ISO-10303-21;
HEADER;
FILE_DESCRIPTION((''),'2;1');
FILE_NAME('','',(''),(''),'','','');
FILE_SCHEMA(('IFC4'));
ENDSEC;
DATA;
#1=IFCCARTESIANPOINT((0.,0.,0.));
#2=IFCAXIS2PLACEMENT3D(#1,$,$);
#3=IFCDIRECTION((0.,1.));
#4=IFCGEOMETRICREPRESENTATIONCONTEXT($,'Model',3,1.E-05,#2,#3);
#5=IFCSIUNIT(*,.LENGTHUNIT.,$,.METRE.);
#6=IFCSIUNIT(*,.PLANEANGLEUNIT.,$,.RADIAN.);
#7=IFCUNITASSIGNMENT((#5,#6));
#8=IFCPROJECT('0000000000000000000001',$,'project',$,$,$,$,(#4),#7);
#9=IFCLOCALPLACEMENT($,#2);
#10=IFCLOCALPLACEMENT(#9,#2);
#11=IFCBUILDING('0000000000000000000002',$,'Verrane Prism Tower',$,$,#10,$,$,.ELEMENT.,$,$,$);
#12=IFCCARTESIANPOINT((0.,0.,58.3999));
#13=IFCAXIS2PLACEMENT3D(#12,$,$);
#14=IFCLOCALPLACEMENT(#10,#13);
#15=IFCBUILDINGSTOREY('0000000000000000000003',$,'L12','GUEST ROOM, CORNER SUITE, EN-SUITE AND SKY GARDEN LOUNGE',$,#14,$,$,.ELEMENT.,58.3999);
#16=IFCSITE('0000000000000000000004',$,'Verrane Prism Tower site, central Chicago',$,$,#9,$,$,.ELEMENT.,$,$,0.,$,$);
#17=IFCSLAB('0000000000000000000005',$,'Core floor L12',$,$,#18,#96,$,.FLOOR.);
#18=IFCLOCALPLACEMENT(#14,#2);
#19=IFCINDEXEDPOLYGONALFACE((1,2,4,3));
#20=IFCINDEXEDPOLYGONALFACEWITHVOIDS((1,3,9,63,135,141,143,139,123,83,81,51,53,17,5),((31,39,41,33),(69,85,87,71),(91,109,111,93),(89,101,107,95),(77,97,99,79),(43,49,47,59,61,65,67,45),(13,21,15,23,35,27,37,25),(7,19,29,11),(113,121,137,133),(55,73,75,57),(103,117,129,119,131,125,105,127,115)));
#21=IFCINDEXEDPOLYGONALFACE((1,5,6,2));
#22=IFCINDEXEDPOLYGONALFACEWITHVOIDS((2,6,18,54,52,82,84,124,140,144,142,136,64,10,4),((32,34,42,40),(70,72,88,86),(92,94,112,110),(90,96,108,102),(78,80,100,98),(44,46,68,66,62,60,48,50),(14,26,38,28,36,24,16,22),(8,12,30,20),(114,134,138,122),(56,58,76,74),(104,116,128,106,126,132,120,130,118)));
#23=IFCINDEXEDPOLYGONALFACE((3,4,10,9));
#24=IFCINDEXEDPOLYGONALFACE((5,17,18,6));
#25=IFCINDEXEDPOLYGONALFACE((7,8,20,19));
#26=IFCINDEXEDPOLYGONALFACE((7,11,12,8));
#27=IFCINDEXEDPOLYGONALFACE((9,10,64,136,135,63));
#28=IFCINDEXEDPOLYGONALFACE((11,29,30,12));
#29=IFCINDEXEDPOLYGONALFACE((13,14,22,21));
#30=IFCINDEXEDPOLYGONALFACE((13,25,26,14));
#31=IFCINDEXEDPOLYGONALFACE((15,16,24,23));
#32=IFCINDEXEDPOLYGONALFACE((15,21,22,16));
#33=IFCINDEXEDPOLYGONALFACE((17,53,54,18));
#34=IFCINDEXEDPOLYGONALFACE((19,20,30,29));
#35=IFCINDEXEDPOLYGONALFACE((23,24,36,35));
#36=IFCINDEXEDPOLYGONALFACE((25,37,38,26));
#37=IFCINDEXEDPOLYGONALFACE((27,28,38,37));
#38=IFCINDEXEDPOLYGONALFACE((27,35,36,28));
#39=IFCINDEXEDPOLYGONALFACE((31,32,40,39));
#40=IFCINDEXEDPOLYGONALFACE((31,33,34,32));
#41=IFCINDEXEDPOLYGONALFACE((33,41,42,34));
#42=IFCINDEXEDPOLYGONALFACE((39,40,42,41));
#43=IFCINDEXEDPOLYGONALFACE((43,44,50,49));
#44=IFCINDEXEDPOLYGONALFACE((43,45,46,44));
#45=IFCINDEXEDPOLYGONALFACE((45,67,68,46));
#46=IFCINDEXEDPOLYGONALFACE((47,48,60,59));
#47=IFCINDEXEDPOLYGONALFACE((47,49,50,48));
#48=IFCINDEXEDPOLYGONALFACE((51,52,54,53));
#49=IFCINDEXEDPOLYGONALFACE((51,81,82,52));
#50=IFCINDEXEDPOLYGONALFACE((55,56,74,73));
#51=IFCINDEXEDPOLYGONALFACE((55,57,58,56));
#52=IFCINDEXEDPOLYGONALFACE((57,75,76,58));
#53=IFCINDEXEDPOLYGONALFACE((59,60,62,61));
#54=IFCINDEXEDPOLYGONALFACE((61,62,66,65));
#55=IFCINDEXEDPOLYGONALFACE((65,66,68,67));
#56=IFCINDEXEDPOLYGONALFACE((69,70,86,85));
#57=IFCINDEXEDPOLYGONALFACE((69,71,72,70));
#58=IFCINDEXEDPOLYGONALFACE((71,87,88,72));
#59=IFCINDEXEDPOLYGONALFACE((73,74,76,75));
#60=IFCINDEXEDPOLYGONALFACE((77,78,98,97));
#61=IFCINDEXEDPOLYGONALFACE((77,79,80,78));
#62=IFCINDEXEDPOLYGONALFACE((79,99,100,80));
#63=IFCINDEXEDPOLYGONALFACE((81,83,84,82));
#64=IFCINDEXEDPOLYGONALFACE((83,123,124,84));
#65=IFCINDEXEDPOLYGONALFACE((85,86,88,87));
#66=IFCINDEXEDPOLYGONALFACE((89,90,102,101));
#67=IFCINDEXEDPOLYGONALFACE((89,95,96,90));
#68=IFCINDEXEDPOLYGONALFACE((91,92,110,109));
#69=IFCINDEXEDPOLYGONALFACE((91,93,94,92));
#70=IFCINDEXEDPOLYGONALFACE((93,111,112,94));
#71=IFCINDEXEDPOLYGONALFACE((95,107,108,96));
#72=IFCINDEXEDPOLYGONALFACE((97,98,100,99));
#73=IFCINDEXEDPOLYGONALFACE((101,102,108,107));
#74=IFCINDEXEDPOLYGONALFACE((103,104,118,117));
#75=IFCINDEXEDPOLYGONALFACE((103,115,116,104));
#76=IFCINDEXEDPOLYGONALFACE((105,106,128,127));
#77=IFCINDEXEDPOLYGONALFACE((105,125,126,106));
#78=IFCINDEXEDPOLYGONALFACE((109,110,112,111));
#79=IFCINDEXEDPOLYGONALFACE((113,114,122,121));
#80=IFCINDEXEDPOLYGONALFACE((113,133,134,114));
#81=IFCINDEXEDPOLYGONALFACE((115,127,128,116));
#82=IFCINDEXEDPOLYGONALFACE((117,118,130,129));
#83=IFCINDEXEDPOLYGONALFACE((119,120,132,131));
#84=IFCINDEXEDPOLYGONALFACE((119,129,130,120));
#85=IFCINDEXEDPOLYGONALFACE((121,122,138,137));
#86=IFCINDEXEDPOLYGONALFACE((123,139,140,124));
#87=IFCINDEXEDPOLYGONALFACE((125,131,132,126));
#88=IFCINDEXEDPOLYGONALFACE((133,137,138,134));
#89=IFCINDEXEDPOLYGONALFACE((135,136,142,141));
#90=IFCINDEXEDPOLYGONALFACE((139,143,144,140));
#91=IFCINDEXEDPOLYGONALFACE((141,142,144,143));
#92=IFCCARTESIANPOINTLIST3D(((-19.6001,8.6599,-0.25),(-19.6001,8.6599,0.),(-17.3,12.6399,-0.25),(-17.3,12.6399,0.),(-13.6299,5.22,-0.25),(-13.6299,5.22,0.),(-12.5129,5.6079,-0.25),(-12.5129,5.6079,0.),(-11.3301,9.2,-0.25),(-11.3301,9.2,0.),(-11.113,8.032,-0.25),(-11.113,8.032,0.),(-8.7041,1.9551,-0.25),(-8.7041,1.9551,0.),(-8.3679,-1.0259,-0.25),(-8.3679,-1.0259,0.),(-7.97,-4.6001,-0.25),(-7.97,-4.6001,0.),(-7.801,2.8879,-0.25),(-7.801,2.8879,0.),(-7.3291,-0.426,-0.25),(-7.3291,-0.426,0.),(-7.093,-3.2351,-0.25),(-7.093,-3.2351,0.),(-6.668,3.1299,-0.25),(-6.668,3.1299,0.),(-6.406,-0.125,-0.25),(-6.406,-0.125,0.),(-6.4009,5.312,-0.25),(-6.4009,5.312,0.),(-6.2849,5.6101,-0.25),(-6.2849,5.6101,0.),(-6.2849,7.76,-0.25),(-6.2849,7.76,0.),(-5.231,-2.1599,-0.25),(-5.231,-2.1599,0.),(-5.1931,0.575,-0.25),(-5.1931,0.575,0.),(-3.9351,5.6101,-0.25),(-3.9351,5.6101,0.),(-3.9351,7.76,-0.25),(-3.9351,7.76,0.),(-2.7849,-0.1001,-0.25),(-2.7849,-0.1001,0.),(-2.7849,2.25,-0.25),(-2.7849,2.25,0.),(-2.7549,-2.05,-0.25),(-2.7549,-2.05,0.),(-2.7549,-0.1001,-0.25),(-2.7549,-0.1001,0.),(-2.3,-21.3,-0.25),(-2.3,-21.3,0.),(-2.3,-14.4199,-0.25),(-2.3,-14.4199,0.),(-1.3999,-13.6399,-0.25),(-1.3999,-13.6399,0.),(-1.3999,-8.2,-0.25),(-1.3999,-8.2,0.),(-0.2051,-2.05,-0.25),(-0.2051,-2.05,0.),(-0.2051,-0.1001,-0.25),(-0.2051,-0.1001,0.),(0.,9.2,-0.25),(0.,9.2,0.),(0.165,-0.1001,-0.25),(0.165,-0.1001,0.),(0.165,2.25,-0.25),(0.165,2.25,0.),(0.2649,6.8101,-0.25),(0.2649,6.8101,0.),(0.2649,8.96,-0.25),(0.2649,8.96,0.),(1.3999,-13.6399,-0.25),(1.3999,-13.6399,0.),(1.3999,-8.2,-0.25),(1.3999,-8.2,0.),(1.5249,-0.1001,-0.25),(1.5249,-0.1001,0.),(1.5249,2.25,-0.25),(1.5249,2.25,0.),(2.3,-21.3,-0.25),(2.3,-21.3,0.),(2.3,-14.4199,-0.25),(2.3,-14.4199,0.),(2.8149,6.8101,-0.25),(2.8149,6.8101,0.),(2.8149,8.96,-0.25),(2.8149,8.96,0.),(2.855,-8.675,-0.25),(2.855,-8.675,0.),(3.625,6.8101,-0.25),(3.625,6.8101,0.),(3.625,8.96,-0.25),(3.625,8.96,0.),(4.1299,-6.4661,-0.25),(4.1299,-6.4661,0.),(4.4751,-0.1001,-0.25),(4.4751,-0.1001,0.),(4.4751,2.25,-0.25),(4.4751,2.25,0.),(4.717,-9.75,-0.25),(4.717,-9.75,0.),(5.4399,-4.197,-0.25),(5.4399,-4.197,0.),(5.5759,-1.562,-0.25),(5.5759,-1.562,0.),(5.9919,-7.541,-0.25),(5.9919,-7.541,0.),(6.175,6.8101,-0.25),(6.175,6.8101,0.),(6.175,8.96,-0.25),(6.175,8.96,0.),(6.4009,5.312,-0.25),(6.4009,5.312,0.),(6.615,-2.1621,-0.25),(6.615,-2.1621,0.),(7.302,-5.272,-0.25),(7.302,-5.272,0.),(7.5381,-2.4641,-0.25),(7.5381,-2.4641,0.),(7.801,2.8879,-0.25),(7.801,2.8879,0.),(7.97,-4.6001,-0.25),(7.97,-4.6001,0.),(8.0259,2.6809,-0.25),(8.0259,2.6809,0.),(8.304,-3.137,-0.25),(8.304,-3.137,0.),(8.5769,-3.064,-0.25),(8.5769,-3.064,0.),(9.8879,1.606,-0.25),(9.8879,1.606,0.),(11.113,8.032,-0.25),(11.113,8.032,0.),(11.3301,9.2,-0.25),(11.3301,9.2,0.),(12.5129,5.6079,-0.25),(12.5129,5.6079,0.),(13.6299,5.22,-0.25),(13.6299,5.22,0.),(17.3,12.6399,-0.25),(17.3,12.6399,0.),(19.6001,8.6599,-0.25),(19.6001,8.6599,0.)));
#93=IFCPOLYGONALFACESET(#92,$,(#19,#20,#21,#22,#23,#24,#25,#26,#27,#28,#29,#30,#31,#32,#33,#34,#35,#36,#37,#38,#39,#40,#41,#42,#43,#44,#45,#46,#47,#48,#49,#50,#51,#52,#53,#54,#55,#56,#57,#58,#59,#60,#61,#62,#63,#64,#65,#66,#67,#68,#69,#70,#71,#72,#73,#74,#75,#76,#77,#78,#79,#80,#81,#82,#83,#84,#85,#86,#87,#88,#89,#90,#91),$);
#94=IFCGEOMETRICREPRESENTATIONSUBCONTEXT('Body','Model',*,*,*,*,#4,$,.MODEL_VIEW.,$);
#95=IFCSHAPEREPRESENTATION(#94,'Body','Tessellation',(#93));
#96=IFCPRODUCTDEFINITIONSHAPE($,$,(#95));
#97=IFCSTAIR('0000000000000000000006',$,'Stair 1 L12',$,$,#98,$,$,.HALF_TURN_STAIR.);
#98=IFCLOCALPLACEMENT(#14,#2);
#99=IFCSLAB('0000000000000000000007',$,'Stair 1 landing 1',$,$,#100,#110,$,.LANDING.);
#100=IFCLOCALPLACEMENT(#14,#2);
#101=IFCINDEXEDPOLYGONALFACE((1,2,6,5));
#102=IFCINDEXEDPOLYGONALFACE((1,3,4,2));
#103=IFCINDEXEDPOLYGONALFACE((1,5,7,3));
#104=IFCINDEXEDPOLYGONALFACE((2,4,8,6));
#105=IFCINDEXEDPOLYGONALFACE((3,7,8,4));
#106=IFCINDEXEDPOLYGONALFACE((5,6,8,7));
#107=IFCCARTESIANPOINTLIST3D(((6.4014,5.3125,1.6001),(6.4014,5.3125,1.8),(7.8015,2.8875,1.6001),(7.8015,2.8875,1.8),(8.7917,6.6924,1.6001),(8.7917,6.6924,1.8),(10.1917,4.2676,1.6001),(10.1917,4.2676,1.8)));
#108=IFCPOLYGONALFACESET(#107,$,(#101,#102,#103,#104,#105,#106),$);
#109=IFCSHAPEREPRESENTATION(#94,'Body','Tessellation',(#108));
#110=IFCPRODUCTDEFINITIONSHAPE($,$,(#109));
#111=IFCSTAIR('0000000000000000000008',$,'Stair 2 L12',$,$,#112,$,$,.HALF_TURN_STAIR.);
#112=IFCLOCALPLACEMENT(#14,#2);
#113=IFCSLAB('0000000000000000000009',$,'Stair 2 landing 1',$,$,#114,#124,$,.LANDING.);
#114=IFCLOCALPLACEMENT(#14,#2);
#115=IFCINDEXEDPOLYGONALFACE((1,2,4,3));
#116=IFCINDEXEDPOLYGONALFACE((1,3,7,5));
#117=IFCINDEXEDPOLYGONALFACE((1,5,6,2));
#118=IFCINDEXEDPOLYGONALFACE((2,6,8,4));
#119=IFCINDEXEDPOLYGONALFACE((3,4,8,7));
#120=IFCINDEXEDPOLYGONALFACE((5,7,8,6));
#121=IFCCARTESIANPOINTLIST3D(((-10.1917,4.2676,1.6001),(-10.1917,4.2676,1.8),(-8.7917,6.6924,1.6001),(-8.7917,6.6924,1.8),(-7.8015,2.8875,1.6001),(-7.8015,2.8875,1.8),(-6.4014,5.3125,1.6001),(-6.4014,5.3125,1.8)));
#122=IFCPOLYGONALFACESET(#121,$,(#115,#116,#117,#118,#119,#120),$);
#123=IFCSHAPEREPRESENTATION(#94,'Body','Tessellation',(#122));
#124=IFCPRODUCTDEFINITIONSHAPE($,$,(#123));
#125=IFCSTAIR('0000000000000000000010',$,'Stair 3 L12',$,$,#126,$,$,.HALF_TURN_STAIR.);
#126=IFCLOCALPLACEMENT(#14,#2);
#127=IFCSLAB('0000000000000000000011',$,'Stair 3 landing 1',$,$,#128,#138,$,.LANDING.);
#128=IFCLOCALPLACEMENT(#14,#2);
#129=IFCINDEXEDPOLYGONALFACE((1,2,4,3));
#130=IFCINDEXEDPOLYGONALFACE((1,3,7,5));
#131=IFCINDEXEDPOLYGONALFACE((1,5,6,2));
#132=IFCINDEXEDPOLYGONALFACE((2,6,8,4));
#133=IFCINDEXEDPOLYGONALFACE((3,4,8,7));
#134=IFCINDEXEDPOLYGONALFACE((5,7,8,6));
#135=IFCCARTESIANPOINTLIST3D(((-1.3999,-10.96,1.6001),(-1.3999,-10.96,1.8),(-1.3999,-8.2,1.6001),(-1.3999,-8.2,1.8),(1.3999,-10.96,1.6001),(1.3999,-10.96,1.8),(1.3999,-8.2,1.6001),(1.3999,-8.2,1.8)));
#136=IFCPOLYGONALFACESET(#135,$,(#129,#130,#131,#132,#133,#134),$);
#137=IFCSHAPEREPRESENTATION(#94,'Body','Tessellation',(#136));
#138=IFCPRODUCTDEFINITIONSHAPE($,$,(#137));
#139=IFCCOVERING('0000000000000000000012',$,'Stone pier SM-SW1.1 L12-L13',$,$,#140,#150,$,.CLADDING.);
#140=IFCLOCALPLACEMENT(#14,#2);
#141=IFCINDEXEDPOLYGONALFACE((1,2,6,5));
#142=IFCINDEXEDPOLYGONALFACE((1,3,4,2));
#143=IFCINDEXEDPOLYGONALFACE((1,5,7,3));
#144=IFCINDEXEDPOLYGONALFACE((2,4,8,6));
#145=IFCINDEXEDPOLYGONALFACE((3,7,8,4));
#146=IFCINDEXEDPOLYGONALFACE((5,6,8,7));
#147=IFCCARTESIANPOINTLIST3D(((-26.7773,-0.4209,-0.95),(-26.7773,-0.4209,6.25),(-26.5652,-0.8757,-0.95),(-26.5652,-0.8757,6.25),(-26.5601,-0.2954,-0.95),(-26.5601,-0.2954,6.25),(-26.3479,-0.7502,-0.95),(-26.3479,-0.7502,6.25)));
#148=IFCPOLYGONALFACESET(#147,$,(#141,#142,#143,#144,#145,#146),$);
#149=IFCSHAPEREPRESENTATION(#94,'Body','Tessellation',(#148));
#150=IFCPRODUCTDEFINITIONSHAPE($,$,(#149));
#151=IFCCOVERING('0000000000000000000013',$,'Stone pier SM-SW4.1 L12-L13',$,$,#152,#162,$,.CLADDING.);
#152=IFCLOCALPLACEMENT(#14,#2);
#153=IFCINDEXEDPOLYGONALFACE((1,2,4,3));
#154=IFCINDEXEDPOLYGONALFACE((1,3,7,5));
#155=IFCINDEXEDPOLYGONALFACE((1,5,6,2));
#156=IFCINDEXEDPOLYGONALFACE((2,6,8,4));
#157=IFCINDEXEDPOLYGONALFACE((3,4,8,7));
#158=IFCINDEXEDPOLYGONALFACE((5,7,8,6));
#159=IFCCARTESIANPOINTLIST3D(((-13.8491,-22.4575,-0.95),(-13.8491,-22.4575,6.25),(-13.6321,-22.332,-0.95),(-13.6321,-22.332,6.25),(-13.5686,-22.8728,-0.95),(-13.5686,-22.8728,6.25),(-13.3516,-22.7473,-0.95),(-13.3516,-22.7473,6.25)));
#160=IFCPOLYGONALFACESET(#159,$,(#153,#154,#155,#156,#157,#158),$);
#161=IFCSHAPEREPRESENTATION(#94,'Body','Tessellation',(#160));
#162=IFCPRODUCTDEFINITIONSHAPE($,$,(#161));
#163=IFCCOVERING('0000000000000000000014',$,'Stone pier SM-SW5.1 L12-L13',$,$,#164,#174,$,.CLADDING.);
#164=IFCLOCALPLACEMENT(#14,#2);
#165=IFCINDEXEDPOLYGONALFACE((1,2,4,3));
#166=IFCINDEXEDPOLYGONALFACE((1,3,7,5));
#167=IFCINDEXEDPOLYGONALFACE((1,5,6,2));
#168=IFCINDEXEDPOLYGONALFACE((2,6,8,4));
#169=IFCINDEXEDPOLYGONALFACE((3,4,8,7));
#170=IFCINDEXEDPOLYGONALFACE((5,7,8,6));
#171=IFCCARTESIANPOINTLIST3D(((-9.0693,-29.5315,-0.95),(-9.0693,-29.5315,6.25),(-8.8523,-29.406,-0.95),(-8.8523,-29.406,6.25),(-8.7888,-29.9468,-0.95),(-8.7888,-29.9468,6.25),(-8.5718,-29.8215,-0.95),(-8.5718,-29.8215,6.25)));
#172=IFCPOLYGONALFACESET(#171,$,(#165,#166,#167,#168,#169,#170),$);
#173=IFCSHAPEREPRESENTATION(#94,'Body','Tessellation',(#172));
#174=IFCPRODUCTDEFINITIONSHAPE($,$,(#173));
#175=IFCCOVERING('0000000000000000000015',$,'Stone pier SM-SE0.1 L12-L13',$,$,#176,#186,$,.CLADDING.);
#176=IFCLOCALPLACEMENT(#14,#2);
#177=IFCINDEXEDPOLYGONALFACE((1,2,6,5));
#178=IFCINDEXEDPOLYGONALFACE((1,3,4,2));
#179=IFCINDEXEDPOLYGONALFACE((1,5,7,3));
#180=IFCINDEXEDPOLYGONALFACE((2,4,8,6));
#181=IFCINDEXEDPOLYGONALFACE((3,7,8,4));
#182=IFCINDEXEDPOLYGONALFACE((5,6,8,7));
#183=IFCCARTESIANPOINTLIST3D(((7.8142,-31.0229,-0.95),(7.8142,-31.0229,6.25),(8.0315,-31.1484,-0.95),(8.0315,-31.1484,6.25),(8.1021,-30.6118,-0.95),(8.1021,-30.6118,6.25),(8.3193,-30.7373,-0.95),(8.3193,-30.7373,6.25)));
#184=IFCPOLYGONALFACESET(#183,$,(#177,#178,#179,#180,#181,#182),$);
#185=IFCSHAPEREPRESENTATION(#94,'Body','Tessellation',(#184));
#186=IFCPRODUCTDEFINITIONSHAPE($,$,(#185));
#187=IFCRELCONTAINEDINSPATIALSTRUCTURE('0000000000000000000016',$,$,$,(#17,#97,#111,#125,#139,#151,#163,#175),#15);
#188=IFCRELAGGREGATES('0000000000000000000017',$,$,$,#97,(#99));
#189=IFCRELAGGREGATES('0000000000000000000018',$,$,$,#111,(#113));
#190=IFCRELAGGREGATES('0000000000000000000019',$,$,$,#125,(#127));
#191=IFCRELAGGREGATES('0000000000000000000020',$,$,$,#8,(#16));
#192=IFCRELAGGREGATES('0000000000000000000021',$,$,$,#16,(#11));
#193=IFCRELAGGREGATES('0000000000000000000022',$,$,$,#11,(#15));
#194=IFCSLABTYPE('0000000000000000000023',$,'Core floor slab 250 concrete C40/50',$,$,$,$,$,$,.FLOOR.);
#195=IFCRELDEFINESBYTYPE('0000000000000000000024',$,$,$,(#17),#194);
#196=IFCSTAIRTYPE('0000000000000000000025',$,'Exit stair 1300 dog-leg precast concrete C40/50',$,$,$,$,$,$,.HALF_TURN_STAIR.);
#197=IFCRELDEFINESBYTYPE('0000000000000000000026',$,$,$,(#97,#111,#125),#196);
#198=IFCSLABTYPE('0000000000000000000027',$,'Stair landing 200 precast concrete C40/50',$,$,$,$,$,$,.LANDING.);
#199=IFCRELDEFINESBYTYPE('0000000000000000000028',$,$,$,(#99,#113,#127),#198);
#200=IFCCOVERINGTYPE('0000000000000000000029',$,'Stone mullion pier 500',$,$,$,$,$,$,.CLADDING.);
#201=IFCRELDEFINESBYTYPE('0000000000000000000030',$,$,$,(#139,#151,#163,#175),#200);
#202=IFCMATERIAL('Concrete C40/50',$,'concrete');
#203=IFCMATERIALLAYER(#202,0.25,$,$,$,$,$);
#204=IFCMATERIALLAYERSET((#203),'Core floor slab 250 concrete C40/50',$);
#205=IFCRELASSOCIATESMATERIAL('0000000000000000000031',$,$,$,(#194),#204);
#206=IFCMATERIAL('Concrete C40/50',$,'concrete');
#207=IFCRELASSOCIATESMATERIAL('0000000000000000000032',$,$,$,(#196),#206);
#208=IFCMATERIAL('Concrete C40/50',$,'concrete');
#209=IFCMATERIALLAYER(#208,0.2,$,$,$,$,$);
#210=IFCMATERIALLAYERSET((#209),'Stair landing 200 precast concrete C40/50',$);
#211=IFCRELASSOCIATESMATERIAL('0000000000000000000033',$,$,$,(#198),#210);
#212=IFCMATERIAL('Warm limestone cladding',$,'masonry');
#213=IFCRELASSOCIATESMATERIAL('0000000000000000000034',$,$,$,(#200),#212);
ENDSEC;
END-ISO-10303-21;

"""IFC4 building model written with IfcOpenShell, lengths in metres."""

from ifc_helpers import new_model, si_unit, direction, frame, origin, place, context, subcontext, project, spatial, polyline, outline, extrude, material, layer, layer_set, type_object, element, aggregate, save


model = new_model("IFC4")

# Units and contexts
model_context = context("Model", 3, precision=1e-05, world=origin(), true_north=direction((0.0, 1.0)))
body_context = subcontext(model_context, "Body", "Model", "MODEL_VIEW")
ifc_project = project(units=[si_unit("LENGTHUNIT", "METRE"), si_unit("PLANEANGLEUNIT", "RADIAN")], contexts=[model_context])

# Site, building, storey
site_placement = place(None, origin())
site = spatial("IfcSite", under=ifc_project, at=site_placement, Name="Verrane Prism Tower site, central Chicago", CompositionType="ELEMENT", RefElevation=0.0)
building_placement = place(site_placement, origin())
building = spatial("IfcBuilding", under=site, at=building_placement, Name="Verrane Prism Tower", CompositionType="ELEMENT")
storey_placement = place(building_placement, frame((0.0, 0.0, 58.3999)))
storey = spatial("IfcBuildingStorey", under=building, at=storey_placement, Name="L12", Description="GUEST ROOM, CORNER SUITE, EN-SUITE AND SKY GARDEN LOUNGE", CompositionType="ELEMENT", Elevation=58.3999)

# Slab
ifc_material_1 = material(Name="Concrete C40/50", Category="concrete")
ifc_layer_1 = layer(ifc_material_1, 0.25)
ifc_layer_set_1 = layer_set([ifc_layer_1], Name="Core floor slab 250 concrete C40/50")
slab_type_1 = type_object("IfcSlabType", Name="Core floor slab 250 concrete C40/50", PredefinedType="FLOOR", material=ifc_layer_set_1)
slab_1_placement = place(storey_placement, frame((0.0, 0.0, -0.25)))
element("IfcSlab", 1, at=slab_1_placement, inside=storey, type_object=slab_type_1, Name="Core floor L12", PredefinedType="FLOOR", context=body_context, shape_type="SweptSolid", body=[
    extrude(outline(polyline([(13.6299, 5.22), (19.6001, 8.6599), (17.3, 12.6399), (11.3301, 9.2), (0.0, 9.2), (-11.3301, 9.2), (-17.3, 12.6399), (-19.6001, 8.6599), (-13.6299, 5.22), (-7.97, -4.6001), (-2.3, -14.4199), (-2.3, -21.3), (2.3, -21.3), (2.3, -14.4199), (7.97, -4.6001), (13.6299, 5.22)]), holes=[polyline([(1.3999, -8.2), (1.3999, -13.6399), (-1.3999, -13.6399), (-1.3999, -8.2), (1.3999, -8.2)]), polyline([(0.165, 2.25), (0.165, -0.1001), (-0.2051, -0.1001), (-0.2051, -2.05), (-2.7549, -2.05), (-2.7549, -0.1001), (-2.7849, -0.1001), (-2.7849, 2.25), (0.165, 2.25)]), polyline([(-7.801, 2.8879), (-12.5129, 5.6079), (-11.113, 8.032), (-6.4009, 5.312), (-7.801, 2.8879)]), polyline([(-6.2849, 5.6101), (-6.2849, 7.76), (-3.9351, 7.76), (-3.9351, 5.6101), (-6.2849, 5.6101)]), polyline([(2.8149, 6.8101), (0.2649, 6.8101), (0.2649, 8.96), (2.8149, 8.96), (2.8149, 6.8101)]), polyline([(4.717, -9.75), (2.855, -8.675), (4.1299, -6.4661), (5.9919, -7.541), (4.717, -9.75)]), polyline([(8.304, -3.137), (5.5759, -1.562), (8.0259, 2.6809), (9.8879, 1.606), (7.5381, -2.4641), (8.5769, -3.064), (7.302, -5.272), (5.4399, -4.197), (6.615, -2.1621), (8.304, -3.137)]), polyline([(1.5249, -0.1001), (1.5249, 2.25), (4.4751, 2.25), (4.4751, -0.1001), (1.5249, -0.1001)]), polyline([(11.113, 8.032), (12.5129, 5.6079), (7.801, 2.8879), (6.4009, 5.312), (11.113, 8.032)]), polyline([(3.625, 6.8101), (3.625, 8.96), (6.175, 8.96), (6.175, 6.8101), (3.625, 6.8101)]), polyline([(-5.231, -2.1599), (-7.093, -3.2351), (-8.3679, -1.0259), (-7.3291, -0.426), (-8.7041, 1.9551), (-6.668, 3.1299), (-5.1931, 0.575), (-6.406, -0.125), (-5.231, -2.1599)])]), origin(), (0.0, 0.0, 1.0), 0.25),
])

# Stairs, slabs
ifc_material_2 = material(Name="Concrete C40/50", Category="concrete")
stair_type = type_object("IfcStairType", Name="Exit stair 1300 dog-leg precast concrete C40/50", PredefinedType="HALF_TURN_STAIR", material=ifc_material_2)
stair_1_placement = place(storey_placement, origin())
stair_1 = element("IfcStair", 2, at=stair_1_placement, inside=storey, type_object=stair_type, Name="Stair 1 L12", PredefinedType="HALF_TURN_STAIR")
ifc_material_3 = material(Name="Concrete C40/50", Category="concrete")
ifc_layer_2 = layer(ifc_material_3, 0.2)
ifc_layer_set_2 = layer_set([ifc_layer_2], Name="Stair landing 200 precast concrete C40/50")
slab_type_2 = type_object("IfcSlabType", Name="Stair landing 200 precast concrete C40/50", PredefinedType="LANDING", material=ifc_layer_set_2)
slab_2_placement = place(storey_placement, frame((0.0, 0.0, 1.6001)))
slab_2 = element("IfcSlab", 3, at=slab_2_placement, type_object=slab_type_2, Name="Stair 1 landing 1", PredefinedType="LANDING", context=body_context, shape_type="SweptSolid", body=[
    extrude(outline(polyline([(8.7917, 6.6924), (6.4014, 5.3125), (7.8015, 2.8875), (10.1917, 4.2676), (8.7917, 6.6924)])), origin(), (0.0, 0.0, 1.0), 0.2),
])
aggregate(stair_1, [slab_2])
stair_2_placement = place(storey_placement, origin())
stair_2 = element("IfcStair", 4, at=stair_2_placement, inside=storey, type_object=stair_type, Name="Stair 2 L12", PredefinedType="HALF_TURN_STAIR")
slab_3_placement = place(storey_placement, frame((0.0, 0.0, 1.6001)))
slab_3 = element("IfcSlab", 5, at=slab_3_placement, type_object=slab_type_2, Name="Stair 2 landing 1", PredefinedType="LANDING", context=body_context, shape_type="SweptSolid", body=[
    extrude(outline(polyline([(-10.1917, 4.2676), (-7.8015, 2.8875), (-6.4014, 5.3125), (-8.7917, 6.6924), (-10.1917, 4.2676)])), origin(), (0.0, 0.0, 1.0), 0.2),
])
aggregate(stair_2, [slab_3])
stair_3_placement = place(storey_placement, origin())
stair_3 = element("IfcStair", 6, at=stair_3_placement, inside=storey, type_object=stair_type, Name="Stair 3 L12", PredefinedType="HALF_TURN_STAIR")
slab_4_placement = place(storey_placement, frame((0.0, 0.0, 1.6001)))
slab_4 = element("IfcSlab", 7, at=slab_4_placement, type_object=slab_type_2, Name="Stair 3 landing 1", PredefinedType="LANDING", context=body_context, shape_type="SweptSolid", body=[
    extrude(outline(polyline([(1.3999, -10.96), (1.3999, -8.2), (-1.3999, -8.2), (-1.3999, -10.96), (1.3999, -10.96)])), origin(), (0.0, 0.0, 1.0), 0.2),
])
aggregate(stair_3, [slab_4])

# Coverings
ifc_material_4 = material(Name="Warm limestone cladding", Category="masonry")
covering_type_1 = type_object("IfcCoveringType", Name="Stone mullion pier 500", PredefinedType="CLADDING", material=ifc_material_4)
covering_1_placement = place(storey_placement, frame((0.0, 0.0, -0.95)))
element("IfcCovering", 8, at=covering_1_placement, inside=storey, type_object=covering_type_1, Name="Stone pier SM-SW1.1 L12-L13", PredefinedType="CLADDING", context=body_context, shape_type="SweptSolid", body=[
    extrude(outline(polyline([(-26.3479, -0.7502), (-26.5601, -0.2954), (-26.7773, -0.4209), (-26.5652, -0.8757), (-26.3479, -0.7502)])), origin(), (0.0, 0.0, 1.0), 7.2),
])
covering_2_placement = place(storey_placement, frame((0.0, 0.0, -0.95)))
element("IfcCovering", 9, at=covering_2_placement, inside=storey, type_object=covering_type_1, Name="Stone pier SM-SW4.1 L12-L13", PredefinedType="CLADDING", context=body_context, shape_type="SweptSolid", body=[
    extrude(outline(polyline([(-13.3516, -22.7473), (-13.6321, -22.332), (-13.8491, -22.4575), (-13.5686, -22.8728), (-13.3516, -22.7473)])), origin(), (0.0, 0.0, 1.0), 7.2),
])
covering_3_placement = place(storey_placement, frame((0.0, 0.0, -0.95)))
element("IfcCovering", 10, at=covering_3_placement, inside=storey, type_object=covering_type_1, Name="Stone pier SM-SW5.1 L12-L13", PredefinedType="CLADDING", context=body_context, shape_type="SweptSolid", body=[
    extrude(outline(polyline([(-8.5718, -29.8215), (-8.8523, -29.406), (-9.0693, -29.5315), (-8.7888, -29.9468), (-8.5718, -29.8215)])), origin(), (0.0, 0.0, 1.0), 7.2),
])
covering_4_placement = place(storey_placement, frame((0.0, 0.0, -0.95)))
element("IfcCovering", 11, at=covering_4_placement, inside=storey, type_object=covering_type_1, Name="Stone pier SM-SE0.1 L12-L13", PredefinedType="CLADDING", context=body_context, shape_type="SweptSolid", body=[
    extrude(outline(polyline([(8.1021, -30.6118), (7.8142, -31.0229), (8.0315, -31.1484), (8.3193, -30.7373), (8.1021, -30.6118)])), origin(), (0.0, 0.0, 1.0), 7.2),
])

save(model, "model.ifc")
